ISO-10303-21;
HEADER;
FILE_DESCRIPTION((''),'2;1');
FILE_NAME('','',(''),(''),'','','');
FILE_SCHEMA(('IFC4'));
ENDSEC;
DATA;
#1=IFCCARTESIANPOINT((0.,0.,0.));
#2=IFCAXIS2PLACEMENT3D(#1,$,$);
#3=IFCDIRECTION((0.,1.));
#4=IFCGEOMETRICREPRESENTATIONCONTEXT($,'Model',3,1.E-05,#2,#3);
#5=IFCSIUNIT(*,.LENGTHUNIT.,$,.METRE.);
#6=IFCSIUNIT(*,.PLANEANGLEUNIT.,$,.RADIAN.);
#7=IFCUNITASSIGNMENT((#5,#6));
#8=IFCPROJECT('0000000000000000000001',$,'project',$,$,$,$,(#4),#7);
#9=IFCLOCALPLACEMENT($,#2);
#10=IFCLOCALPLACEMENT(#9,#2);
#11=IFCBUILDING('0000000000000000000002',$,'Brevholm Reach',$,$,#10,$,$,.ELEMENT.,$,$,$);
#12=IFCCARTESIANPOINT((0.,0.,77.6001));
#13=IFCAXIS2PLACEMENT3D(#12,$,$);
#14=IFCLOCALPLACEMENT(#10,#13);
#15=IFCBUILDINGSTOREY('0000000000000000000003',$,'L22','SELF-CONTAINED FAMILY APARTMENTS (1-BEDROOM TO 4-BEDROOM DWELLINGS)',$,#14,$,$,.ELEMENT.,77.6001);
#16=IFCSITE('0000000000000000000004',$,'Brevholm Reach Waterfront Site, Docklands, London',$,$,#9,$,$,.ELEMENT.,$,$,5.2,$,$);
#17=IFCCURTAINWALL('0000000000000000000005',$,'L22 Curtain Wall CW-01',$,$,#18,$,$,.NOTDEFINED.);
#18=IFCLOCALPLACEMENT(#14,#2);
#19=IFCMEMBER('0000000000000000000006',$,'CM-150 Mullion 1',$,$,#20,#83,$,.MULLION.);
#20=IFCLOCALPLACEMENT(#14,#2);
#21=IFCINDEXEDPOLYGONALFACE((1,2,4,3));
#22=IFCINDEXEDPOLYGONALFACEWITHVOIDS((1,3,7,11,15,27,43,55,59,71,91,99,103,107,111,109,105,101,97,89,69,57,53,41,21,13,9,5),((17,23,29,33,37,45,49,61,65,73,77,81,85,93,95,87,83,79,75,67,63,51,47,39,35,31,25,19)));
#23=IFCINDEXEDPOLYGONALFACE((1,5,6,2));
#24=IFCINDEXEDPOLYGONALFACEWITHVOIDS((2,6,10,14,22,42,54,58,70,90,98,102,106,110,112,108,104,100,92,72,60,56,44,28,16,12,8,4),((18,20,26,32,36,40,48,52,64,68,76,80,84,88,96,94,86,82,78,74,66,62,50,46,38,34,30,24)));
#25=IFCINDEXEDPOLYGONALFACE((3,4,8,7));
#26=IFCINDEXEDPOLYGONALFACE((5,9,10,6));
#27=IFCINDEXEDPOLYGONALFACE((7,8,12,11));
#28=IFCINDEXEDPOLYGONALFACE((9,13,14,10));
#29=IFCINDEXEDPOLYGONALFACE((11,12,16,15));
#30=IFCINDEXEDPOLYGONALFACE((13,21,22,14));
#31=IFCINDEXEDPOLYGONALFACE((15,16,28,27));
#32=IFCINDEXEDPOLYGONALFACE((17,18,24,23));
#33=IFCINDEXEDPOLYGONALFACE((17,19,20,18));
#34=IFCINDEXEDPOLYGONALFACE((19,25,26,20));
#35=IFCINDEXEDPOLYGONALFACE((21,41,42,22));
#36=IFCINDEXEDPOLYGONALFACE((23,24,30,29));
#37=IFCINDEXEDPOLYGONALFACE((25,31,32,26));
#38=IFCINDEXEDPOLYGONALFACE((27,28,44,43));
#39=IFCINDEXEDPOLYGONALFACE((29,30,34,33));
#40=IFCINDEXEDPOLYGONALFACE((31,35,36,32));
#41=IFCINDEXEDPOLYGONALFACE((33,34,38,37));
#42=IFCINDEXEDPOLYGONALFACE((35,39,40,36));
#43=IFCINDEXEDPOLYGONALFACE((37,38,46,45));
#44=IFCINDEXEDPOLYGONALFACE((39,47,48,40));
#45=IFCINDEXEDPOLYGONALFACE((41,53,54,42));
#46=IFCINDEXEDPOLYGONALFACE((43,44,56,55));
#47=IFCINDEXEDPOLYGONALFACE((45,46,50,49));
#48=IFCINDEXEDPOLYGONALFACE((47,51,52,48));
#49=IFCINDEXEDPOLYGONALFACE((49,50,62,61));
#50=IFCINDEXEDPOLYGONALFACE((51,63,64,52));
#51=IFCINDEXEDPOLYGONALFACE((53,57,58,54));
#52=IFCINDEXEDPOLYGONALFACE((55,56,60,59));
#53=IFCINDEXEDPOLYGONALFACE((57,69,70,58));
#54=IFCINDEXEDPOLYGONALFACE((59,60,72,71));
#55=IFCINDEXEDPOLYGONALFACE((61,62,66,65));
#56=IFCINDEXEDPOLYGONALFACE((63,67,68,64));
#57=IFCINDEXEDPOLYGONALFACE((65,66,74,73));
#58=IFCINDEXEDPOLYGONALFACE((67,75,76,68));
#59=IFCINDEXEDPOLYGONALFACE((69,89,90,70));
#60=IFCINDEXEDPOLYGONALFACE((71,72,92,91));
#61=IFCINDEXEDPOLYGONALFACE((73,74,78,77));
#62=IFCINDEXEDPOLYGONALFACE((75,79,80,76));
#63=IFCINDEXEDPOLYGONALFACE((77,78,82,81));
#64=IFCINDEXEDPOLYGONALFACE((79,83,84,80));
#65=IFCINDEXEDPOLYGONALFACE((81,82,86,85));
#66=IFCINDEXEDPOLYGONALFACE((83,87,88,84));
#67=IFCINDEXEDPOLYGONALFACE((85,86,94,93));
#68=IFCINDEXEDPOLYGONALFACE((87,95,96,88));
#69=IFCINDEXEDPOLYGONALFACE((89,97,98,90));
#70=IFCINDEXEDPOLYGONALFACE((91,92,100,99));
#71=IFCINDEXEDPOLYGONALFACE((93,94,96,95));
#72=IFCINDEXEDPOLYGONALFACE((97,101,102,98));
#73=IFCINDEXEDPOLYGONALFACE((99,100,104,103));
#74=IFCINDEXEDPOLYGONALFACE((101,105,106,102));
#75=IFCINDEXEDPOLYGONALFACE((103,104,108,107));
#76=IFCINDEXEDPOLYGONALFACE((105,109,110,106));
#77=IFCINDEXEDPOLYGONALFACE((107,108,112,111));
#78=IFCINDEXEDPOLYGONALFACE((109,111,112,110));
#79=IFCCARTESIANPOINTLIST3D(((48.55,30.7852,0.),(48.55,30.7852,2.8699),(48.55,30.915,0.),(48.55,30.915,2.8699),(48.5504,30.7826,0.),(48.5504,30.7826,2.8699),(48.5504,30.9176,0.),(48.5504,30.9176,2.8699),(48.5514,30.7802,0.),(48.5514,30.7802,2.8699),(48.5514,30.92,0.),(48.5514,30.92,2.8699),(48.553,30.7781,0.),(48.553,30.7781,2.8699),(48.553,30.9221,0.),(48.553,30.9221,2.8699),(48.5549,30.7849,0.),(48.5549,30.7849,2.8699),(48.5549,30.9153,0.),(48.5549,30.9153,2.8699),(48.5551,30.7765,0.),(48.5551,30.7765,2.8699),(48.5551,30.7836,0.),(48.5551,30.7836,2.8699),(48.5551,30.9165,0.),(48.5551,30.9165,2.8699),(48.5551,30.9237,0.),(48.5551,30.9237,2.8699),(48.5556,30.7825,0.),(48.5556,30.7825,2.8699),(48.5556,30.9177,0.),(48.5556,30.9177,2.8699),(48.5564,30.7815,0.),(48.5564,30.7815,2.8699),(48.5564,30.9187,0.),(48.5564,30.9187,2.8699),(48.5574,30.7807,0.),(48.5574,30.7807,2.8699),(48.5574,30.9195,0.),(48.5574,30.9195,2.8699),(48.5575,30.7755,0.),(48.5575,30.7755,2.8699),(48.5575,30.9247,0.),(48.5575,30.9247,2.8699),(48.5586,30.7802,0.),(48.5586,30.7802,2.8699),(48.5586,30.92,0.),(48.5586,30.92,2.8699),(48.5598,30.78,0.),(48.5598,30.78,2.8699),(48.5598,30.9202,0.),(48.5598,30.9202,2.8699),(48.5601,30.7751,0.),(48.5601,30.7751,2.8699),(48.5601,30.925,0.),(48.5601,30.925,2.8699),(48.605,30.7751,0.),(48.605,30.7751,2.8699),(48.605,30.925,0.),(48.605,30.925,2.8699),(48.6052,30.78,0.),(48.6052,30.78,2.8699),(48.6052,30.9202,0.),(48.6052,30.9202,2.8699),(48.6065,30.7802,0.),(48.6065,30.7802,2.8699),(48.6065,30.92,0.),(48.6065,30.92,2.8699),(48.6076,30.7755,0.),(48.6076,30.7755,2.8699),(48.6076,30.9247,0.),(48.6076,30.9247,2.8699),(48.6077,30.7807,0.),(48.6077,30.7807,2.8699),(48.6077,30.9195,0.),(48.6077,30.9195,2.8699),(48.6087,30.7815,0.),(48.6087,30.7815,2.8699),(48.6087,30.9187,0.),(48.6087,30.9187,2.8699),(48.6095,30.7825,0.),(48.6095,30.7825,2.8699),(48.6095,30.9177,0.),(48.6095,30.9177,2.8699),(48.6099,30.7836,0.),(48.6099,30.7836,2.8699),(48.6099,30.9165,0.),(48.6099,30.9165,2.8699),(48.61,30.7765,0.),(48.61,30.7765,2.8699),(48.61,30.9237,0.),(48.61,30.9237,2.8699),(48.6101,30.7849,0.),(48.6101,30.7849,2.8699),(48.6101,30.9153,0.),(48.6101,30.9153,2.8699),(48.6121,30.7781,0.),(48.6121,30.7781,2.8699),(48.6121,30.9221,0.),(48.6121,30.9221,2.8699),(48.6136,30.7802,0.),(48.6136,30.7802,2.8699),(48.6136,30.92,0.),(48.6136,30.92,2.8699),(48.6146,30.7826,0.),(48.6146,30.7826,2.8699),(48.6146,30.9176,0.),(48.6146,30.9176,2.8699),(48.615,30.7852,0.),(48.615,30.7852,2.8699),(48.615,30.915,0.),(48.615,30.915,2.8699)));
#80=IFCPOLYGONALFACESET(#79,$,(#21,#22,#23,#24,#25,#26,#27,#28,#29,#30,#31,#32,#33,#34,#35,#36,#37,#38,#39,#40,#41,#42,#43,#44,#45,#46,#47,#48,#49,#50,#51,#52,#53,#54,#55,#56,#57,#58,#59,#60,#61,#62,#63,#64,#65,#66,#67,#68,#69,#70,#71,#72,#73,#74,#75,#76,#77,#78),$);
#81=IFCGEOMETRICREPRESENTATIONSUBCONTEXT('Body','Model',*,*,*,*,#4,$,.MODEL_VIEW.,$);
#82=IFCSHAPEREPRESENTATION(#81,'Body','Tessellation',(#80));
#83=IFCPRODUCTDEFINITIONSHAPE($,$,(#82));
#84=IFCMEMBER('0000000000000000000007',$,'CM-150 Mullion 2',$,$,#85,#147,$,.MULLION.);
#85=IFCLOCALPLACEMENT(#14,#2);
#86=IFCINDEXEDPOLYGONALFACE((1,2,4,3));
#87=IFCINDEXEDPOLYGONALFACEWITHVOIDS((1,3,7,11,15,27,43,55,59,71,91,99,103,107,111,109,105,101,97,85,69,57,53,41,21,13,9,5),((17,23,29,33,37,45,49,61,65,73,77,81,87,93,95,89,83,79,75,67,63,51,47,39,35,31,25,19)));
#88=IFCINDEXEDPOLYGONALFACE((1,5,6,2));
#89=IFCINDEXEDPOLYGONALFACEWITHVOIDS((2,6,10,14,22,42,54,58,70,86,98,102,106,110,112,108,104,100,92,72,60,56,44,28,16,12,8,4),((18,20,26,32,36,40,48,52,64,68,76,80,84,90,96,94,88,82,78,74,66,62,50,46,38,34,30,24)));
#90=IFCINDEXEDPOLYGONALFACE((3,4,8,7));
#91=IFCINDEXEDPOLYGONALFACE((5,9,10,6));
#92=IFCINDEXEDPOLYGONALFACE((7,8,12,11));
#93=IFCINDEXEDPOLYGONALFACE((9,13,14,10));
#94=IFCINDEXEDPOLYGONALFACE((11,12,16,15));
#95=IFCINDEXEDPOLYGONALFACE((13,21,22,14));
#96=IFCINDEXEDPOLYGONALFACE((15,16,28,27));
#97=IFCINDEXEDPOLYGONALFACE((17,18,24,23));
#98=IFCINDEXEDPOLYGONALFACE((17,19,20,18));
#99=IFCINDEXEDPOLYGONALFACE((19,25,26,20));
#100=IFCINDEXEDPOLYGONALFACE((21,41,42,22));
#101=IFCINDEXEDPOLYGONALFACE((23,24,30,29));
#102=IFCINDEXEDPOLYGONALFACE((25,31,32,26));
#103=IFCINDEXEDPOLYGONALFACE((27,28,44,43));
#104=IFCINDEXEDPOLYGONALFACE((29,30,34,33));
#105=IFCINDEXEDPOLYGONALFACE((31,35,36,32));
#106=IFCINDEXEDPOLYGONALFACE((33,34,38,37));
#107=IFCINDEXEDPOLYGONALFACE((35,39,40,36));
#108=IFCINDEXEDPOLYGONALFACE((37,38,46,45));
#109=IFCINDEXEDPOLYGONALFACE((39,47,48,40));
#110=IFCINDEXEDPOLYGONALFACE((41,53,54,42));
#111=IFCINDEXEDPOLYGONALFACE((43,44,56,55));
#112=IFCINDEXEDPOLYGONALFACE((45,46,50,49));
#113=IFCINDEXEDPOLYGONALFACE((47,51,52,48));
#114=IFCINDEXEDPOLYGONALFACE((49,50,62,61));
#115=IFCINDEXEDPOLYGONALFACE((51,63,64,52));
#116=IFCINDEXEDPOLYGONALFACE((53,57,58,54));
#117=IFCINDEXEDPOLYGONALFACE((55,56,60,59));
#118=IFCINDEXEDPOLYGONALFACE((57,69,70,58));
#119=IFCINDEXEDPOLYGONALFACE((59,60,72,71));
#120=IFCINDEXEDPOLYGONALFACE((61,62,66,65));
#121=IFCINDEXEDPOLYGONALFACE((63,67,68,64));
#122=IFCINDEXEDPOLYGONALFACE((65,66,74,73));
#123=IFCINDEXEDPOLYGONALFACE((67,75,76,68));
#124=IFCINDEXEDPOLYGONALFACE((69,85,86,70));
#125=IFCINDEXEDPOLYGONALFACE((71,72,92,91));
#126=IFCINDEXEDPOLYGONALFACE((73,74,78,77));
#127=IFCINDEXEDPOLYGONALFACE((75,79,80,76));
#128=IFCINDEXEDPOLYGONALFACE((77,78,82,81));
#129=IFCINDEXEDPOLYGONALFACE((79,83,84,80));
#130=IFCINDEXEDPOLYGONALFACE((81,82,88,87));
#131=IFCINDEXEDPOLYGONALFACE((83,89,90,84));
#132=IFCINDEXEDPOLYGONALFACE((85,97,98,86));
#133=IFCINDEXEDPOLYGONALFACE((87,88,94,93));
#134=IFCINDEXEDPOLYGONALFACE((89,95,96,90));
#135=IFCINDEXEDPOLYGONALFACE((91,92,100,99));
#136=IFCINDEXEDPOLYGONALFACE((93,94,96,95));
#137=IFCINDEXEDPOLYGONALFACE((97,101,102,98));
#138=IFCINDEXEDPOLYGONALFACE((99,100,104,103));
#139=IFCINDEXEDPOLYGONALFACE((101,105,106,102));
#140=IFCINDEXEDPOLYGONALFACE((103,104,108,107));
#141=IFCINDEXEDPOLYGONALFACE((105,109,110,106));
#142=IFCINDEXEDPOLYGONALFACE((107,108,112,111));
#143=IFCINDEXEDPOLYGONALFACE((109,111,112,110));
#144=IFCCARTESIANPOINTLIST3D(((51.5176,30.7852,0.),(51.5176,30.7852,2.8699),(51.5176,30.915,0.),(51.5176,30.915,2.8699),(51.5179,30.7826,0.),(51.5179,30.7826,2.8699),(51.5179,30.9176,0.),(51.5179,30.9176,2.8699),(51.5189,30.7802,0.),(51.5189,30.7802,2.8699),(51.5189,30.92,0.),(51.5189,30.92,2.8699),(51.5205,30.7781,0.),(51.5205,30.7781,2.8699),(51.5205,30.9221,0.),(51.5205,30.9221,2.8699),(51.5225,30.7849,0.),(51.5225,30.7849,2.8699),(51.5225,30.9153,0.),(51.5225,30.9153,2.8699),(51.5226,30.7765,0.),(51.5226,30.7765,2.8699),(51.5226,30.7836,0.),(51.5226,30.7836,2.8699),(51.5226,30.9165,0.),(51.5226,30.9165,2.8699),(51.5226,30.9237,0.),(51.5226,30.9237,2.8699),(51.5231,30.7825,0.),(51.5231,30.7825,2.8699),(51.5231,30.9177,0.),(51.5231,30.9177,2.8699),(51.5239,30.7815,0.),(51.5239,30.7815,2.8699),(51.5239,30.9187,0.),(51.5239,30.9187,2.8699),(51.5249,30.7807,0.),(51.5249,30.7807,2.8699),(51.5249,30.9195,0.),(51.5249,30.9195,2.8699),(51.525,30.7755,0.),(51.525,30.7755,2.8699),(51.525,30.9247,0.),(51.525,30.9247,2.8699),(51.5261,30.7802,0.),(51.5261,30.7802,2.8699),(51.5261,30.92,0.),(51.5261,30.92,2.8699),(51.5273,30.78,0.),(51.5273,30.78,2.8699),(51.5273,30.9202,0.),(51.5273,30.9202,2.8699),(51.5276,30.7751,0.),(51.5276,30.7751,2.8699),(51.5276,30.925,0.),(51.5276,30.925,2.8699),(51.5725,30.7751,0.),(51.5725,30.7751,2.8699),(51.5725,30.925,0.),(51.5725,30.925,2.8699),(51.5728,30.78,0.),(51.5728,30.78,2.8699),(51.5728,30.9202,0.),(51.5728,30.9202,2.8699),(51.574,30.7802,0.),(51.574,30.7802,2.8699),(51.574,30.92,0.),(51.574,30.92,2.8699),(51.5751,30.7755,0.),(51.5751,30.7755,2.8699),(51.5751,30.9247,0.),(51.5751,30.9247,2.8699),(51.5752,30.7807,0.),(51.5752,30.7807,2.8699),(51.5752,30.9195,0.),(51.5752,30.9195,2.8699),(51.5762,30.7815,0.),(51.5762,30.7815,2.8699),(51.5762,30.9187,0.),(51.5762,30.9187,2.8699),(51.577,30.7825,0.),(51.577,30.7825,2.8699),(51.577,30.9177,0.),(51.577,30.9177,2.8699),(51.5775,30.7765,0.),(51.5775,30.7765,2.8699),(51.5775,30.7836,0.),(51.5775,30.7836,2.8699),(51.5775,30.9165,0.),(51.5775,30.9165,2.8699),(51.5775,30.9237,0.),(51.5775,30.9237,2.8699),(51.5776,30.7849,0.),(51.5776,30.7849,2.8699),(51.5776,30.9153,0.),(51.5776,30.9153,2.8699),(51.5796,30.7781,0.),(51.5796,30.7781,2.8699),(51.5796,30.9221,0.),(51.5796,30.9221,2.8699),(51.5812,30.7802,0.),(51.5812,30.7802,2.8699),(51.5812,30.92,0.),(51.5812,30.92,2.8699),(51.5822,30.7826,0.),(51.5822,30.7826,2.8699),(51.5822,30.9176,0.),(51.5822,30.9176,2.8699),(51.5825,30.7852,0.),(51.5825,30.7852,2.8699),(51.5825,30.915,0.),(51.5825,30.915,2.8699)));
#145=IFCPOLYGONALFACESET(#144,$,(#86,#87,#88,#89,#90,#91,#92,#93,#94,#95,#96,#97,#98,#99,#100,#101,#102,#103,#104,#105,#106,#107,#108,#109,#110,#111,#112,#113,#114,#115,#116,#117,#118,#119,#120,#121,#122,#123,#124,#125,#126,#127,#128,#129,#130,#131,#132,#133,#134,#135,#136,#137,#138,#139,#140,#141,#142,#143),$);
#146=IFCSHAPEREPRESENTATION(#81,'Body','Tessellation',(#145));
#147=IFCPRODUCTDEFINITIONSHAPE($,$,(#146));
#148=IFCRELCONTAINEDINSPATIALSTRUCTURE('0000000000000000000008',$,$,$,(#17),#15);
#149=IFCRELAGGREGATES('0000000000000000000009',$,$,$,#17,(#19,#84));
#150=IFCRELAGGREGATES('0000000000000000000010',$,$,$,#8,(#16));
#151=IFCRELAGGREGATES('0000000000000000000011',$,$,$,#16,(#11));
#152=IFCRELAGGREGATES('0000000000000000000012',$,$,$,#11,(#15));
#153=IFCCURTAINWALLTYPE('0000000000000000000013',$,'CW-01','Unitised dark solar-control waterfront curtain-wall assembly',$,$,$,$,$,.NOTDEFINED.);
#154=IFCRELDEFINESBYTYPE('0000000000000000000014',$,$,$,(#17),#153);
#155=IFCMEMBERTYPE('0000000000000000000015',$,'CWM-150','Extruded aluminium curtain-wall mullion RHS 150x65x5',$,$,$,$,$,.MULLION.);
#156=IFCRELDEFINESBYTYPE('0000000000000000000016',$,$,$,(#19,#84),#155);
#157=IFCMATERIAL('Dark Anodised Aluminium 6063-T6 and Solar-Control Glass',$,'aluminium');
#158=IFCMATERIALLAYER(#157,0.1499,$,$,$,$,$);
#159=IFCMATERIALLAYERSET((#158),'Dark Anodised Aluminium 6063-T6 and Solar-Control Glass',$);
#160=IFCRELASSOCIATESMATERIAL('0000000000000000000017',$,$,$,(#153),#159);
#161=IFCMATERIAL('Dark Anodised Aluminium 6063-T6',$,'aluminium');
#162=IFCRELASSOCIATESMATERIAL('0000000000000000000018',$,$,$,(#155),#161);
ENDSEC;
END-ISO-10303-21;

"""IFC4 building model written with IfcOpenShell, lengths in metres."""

from ifc_helpers import new_model, si_unit, direction, frame, origin, origin_2d, place, context, subcontext, project, spatial, hollow_rectangle, extrude, material, layer, layer_set, material_profile, profile_set, type_object, element, aggregate, save


model = new_model("IFC4")

# Units and contexts
model_context = context("Model", 3, precision=1e-05, world=origin(), true_north=direction((0.0, 1.0)))
body_context = subcontext(model_context, "Body", "Model", "MODEL_VIEW")
ifc_project = project(units=[si_unit("LENGTHUNIT", "METRE"), si_unit("PLANEANGLEUNIT", "RADIAN")], contexts=[model_context])

# Site, building, storey
site_placement = place(None, origin())
site = spatial("IfcSite", under=ifc_project, at=site_placement, Name="Brevholm Reach Waterfront Site, Docklands, London", CompositionType="ELEMENT", RefElevation=5.2)
building_placement = place(site_placement, origin())
building = spatial("IfcBuilding", under=site, at=building_placement, Name="Brevholm Reach", CompositionType="ELEMENT")
storey_placement = place(building_placement, frame((0.0, 0.0, 77.6001)))
storey = spatial("IfcBuildingStorey", under=building, at=storey_placement, Name="L22", Description="SELF-CONTAINED FAMILY APARTMENTS (1-BEDROOM TO 4-BEDROOM DWELLINGS)", CompositionType="ELEMENT", Elevation=77.6001)

# Curtain wall, members
ifc_material_1 = material(Name="Dark Anodised Aluminium 6063-T6 and Solar-Control Glass", Category="aluminium")
ifc_layer_1 = layer(ifc_material_1, 0.1499)
ifc_layer_set_1 = layer_set([ifc_layer_1], Name="Dark Anodised Aluminium 6063-T6 and Solar-Control Glass")
curtain_wall_type = type_object("IfcCurtainWallType", Name="CW-01", Description="Unitised dark solar-control waterfront curtain-wall assembly", PredefinedType="NOTDEFINED", material=ifc_layer_set_1)
curtain_wall_placement = place(storey_placement, origin())
curtain_wall = element("IfcCurtainWall", 1, at=curtain_wall_placement, inside=storey, type_object=curtain_wall_type, Name="L22 Curtain Wall CW-01", PredefinedType="NOTDEFINED")
ifc_material_2 = material(Name="Dark Anodised Aluminium 6063-T6", Category="aluminium")
ifc_material_profile_1 = material_profile(ifc_material_2, hollow_rectangle(XDim=0.0649, YDim=0.1499, WallThickness=0.0049, InnerFilletRadius=0.0049, OuterFilletRadius=0.01, at=origin_2d()), Name="RHS 150x65x5")
ifc_profile_set_1 = profile_set([ifc_material_profile_1], Name="Dark Anodised Aluminium 6063-T6")
member_type_1 = type_object("IfcMemberType", Name="CWM-150", Description="Extruded aluminium curtain-wall mullion RHS 150x65x5", PredefinedType="MULLION", material=ifc_profile_set_1)
member_1_placement = place(storey_placement, frame((48.5825, 30.8501, 0.0), z_axis=(0.0, 0.0, 1.0), x_axis=(1.0, 0.0, 0.0)))
member_1 = element("IfcMember", 2, at=member_1_placement, type_object=member_type_1, Name="CM-150 Mullion 1", PredefinedType="MULLION", context=body_context, shape_type="SweptSolid", body=[
    extrude(hollow_rectangle(XDim=0.0649, YDim=0.1499, WallThickness=0.0049, InnerFilletRadius=0.0049, OuterFilletRadius=0.01, at=origin_2d()), origin(), (0.0, 0.0, 1.0), 2.8699),
])
member_2_placement = place(storey_placement, frame((51.55, 30.8501, 0.0), z_axis=(0.0, 0.0, 1.0), x_axis=(1.0, 0.0, 0.0)))
member_2 = element("IfcMember", 3, at=member_2_placement, type_object=member_type_1, Name="CM-150 Mullion 2", PredefinedType="MULLION", context=body_context, shape_type="SweptSolid", body=[
    extrude(hollow_rectangle(XDim=0.0649, YDim=0.1499, WallThickness=0.0049, InnerFilletRadius=0.0049, OuterFilletRadius=0.01, at=origin_2d()), origin(), (0.0, 0.0, 1.0), 2.8699),
])
aggregate(curtain_wall, [member_1, member_2])

save(model, "model.ifc")
